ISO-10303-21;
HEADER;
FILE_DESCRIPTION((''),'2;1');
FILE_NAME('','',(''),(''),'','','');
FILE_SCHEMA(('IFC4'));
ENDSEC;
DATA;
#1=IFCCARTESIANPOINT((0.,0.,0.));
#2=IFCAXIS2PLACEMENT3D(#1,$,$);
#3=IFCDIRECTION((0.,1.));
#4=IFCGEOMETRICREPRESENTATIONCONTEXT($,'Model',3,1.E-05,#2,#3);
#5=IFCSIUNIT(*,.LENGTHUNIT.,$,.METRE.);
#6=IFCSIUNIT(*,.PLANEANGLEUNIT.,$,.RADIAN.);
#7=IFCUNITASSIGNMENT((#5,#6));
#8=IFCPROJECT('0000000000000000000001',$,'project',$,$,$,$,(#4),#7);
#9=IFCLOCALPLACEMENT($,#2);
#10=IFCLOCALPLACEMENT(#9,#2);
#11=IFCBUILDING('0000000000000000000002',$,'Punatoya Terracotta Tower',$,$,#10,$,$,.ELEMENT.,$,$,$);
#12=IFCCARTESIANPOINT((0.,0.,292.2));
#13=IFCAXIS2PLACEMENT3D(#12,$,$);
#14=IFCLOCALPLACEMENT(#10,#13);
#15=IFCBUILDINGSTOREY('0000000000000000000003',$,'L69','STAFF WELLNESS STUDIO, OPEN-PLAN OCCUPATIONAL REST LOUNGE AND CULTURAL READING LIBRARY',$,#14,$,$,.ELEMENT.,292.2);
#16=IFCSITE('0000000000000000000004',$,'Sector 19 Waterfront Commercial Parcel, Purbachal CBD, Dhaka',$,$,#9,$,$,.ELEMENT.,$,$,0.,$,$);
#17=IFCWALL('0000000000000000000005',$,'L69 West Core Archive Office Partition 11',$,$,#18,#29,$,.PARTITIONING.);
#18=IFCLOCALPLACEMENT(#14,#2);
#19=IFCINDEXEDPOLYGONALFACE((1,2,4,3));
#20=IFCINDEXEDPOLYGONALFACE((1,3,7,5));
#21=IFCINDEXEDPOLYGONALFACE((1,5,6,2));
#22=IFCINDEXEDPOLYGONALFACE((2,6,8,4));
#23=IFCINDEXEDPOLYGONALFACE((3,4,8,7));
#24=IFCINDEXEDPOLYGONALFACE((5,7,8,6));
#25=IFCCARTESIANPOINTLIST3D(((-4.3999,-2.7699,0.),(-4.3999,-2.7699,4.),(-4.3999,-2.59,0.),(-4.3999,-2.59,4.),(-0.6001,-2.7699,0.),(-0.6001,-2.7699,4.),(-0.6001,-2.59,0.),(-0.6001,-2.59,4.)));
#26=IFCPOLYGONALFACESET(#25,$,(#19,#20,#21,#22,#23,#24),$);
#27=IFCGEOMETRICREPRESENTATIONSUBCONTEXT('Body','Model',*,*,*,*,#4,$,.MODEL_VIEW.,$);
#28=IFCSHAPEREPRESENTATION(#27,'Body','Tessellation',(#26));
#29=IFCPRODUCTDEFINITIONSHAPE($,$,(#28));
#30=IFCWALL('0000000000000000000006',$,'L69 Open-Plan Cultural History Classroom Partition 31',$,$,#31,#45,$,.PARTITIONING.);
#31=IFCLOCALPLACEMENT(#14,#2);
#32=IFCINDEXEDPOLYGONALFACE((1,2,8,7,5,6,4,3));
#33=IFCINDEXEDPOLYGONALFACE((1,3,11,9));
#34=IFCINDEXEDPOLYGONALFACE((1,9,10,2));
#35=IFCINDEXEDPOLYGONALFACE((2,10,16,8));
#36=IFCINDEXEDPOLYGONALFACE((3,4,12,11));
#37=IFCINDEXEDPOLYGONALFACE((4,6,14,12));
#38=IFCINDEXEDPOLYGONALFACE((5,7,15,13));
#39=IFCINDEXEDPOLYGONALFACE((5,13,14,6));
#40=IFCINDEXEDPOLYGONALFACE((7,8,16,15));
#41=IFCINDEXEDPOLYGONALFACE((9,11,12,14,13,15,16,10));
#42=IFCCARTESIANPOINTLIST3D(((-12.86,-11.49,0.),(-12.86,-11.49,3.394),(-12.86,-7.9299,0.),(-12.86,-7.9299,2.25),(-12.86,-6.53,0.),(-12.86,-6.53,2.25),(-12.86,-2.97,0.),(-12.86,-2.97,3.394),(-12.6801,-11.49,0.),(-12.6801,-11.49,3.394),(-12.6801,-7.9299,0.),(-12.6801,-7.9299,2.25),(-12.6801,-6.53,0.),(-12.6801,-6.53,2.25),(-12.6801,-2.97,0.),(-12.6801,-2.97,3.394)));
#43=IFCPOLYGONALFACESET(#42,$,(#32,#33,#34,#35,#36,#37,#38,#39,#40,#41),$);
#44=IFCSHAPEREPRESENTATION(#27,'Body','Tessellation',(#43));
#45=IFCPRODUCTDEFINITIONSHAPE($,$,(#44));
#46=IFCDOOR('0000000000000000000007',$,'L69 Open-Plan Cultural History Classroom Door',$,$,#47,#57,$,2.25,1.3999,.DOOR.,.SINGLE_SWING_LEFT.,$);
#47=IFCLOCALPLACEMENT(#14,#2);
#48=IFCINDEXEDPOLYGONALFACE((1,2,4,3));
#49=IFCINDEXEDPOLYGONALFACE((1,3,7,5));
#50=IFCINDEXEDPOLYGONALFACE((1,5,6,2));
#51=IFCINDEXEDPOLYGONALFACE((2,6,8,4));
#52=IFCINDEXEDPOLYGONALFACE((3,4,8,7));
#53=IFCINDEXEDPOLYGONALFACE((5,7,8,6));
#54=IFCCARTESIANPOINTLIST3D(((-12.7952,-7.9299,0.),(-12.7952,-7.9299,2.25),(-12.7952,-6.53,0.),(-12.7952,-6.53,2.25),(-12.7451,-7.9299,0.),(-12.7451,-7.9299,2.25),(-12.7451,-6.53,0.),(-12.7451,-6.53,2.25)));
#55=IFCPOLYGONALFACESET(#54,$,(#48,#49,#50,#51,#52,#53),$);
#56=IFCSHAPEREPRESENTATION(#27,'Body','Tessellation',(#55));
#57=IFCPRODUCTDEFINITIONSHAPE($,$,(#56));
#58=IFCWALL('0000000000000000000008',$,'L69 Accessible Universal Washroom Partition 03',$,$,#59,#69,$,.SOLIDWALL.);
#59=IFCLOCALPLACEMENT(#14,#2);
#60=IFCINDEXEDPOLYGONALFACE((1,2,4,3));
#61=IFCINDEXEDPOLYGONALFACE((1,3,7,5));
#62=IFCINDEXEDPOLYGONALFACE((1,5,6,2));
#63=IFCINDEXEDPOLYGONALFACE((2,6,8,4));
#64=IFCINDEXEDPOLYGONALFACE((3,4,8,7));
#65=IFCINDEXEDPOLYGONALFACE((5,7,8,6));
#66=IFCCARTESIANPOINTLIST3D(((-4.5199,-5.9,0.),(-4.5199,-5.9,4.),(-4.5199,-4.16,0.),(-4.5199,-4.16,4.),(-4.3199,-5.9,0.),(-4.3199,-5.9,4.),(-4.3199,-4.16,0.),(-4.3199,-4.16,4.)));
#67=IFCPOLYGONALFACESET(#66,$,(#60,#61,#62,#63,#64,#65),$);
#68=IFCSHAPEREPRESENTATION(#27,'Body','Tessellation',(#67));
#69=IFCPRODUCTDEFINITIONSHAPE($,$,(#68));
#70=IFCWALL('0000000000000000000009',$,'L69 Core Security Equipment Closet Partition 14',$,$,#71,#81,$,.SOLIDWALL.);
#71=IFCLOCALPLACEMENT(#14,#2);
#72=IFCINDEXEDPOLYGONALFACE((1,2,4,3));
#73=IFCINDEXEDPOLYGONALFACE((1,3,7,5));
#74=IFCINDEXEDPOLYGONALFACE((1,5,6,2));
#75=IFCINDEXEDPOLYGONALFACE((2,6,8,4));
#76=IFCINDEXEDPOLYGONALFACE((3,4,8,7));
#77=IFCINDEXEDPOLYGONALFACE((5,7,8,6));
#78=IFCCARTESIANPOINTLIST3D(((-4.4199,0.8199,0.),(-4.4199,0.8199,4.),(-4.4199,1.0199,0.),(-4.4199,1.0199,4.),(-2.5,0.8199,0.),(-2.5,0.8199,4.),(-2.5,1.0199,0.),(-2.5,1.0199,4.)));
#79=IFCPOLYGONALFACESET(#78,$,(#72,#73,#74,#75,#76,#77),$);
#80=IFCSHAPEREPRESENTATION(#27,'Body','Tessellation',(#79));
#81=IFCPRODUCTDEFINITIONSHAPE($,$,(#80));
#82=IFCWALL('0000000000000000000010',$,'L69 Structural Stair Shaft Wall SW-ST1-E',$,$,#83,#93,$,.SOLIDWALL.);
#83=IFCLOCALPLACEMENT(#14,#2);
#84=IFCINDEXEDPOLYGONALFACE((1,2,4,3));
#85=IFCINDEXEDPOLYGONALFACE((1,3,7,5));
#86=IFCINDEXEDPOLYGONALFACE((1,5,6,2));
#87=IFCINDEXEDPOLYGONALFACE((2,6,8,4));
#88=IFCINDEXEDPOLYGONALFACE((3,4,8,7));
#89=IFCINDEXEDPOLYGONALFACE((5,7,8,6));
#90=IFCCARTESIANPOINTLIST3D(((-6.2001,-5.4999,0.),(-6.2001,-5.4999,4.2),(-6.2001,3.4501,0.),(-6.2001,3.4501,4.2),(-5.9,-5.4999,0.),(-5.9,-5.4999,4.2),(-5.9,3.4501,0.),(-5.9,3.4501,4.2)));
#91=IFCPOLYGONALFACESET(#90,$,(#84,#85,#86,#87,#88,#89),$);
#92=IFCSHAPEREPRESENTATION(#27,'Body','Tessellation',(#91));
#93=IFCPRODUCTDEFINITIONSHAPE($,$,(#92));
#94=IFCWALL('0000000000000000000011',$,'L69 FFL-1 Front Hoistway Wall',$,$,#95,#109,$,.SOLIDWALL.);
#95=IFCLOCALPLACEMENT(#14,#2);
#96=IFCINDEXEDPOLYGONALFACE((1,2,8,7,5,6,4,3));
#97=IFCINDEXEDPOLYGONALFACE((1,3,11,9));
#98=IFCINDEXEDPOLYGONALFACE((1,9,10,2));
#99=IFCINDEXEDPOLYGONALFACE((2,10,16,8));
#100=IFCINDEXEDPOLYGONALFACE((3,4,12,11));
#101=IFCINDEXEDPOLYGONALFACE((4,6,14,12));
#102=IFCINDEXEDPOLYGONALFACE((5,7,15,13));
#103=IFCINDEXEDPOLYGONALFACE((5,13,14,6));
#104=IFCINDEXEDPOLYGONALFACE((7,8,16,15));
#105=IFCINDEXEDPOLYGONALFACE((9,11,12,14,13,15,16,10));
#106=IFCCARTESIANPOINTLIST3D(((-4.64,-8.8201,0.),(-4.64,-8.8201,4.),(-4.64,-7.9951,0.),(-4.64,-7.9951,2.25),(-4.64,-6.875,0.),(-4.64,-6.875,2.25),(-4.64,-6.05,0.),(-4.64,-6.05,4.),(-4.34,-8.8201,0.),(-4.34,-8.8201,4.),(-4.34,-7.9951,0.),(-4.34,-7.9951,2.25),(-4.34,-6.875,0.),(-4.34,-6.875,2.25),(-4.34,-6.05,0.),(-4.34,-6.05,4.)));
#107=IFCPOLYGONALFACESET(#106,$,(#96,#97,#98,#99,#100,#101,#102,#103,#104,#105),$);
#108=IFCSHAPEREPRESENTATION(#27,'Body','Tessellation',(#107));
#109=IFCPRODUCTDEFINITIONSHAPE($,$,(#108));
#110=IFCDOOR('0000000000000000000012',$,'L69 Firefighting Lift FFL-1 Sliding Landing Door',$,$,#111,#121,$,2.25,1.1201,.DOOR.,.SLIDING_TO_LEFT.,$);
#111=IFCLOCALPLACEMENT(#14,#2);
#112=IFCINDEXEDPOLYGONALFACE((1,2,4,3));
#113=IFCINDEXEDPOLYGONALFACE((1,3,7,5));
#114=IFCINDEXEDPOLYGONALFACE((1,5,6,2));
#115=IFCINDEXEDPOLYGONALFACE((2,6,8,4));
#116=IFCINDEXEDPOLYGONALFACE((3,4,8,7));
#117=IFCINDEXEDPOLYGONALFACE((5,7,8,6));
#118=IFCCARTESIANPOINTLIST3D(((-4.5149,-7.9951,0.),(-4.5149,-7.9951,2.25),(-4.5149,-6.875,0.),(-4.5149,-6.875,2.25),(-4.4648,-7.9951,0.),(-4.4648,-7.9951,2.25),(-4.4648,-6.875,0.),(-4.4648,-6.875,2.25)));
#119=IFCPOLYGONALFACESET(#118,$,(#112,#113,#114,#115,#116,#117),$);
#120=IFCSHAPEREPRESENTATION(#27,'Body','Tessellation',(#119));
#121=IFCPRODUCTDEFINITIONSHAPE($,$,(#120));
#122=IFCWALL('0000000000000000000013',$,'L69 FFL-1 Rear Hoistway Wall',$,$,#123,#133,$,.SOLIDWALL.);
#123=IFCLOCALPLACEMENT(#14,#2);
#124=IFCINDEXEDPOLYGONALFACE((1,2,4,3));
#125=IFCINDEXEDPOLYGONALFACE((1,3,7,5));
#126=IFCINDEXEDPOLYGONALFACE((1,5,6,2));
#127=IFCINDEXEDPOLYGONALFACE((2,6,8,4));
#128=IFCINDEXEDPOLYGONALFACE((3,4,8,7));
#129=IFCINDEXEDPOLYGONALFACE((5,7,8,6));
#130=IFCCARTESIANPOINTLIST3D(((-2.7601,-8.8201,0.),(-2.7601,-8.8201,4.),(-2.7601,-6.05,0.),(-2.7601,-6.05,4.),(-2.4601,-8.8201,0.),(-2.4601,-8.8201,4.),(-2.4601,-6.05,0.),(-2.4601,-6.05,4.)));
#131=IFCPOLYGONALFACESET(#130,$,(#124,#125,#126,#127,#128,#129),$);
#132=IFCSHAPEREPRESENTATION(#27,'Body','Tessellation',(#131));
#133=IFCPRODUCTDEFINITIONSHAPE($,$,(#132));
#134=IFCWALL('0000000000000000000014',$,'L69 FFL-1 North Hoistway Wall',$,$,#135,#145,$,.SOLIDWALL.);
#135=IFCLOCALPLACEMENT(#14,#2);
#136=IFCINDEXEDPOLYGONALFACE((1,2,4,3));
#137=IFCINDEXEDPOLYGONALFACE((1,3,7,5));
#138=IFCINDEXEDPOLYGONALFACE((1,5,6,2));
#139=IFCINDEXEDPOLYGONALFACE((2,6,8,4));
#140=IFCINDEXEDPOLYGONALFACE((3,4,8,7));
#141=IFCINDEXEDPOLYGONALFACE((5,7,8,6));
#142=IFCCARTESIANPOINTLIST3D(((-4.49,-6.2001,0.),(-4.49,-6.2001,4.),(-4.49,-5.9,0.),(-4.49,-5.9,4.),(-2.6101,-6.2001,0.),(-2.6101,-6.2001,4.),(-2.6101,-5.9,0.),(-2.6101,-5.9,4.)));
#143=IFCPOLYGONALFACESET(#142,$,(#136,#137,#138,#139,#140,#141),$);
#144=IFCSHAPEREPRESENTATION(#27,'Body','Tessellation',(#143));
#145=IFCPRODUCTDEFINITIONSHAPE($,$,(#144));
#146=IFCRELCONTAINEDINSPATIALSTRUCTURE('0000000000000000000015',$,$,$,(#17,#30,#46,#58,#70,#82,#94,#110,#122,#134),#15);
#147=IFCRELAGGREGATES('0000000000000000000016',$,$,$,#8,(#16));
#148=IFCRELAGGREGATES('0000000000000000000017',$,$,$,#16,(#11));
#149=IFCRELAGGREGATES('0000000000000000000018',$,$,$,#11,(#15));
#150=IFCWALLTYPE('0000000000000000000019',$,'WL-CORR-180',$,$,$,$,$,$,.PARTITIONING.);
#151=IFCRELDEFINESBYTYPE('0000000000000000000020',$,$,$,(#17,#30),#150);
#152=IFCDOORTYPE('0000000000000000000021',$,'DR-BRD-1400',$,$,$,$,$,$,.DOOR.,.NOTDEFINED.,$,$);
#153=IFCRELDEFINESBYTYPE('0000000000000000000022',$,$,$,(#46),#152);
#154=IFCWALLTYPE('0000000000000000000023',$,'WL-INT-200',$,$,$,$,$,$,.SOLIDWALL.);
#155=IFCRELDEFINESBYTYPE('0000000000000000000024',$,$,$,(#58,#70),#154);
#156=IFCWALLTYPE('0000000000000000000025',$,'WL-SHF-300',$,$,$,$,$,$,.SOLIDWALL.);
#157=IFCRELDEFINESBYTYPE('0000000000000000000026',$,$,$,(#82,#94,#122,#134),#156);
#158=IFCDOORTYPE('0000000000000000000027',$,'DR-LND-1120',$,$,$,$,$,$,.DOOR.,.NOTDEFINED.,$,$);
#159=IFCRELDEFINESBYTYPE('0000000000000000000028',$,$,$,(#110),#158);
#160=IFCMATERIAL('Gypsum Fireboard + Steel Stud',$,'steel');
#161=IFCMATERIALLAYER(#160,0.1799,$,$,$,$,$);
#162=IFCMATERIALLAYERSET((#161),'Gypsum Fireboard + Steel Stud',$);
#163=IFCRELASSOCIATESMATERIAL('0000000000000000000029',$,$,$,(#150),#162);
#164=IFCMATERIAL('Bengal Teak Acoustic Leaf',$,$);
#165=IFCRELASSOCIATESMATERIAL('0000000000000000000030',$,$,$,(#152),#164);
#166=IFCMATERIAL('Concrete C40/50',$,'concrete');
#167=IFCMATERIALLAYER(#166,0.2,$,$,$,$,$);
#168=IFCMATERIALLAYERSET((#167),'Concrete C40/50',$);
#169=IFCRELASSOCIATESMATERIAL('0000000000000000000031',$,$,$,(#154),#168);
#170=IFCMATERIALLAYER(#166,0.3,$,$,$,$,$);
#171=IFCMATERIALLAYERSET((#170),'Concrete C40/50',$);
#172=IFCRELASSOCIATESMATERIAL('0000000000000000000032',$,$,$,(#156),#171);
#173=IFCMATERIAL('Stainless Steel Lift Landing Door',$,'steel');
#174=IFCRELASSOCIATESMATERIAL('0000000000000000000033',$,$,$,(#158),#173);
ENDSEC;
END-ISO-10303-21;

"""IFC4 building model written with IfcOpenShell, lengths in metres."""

from ifc_helpers import new_model, si_unit, direction, frame, frame_2d, origin, place, context, subcontext, project, spatial, rectangle, extrude, material, layer, layer_set, type_object, element, fill, save


model = new_model("IFC4")

# Units and contexts
model_context = context("Model", 3, precision=1e-05, world=origin(), true_north=direction((0.0, 1.0)))
body_context = subcontext(model_context, "Body", "Model", "MODEL_VIEW")
ifc_project = project(units=[si_unit("LENGTHUNIT", "METRE"), si_unit("PLANEANGLEUNIT", "RADIAN")], contexts=[model_context])

# Site, building, storey
site_placement = place(None, origin())
site = spatial("IfcSite", under=ifc_project, at=site_placement, Name="Sector 19 Waterfront Commercial Parcel, Purbachal CBD, Dhaka", CompositionType="ELEMENT", RefElevation=0.0)
building_placement = place(site_placement, origin())
building = spatial("IfcBuilding", under=site, at=building_placement, Name="Punatoya Terracotta Tower", CompositionType="ELEMENT")
storey_placement = place(building_placement, frame((0.0, 0.0, 292.2)))
storey = spatial("IfcBuildingStorey", under=building, at=storey_placement, Name="L69", Description="STAFF WELLNESS STUDIO, OPEN-PLAN OCCUPATIONAL REST LOUNGE AND CULTURAL READING LIBRARY", CompositionType="ELEMENT", Elevation=292.2)

# Wall
ifc_material_1 = material(Name="Gypsum Fireboard + Steel Stud", Category="steel")
ifc_layer_1 = layer(ifc_material_1, 0.1799)
ifc_layer_set_1 = layer_set([ifc_layer_1], Name="Gypsum Fireboard + Steel Stud")
wall_type_1 = type_object("IfcWallType", Name="WL-CORR-180", PredefinedType="PARTITIONING", material=ifc_layer_set_1)
wall_1_placement = place(storey_placement, frame((-4.3999, -2.6799, 0.0), z_axis=(0.0, 0.0, 1.0), x_axis=(1.0, 0.0, 0.0)))
element("IfcWall", 1, at=wall_1_placement, inside=storey, type_object=wall_type_1, Name="L69 West Core Archive Office Partition 11", PredefinedType="PARTITIONING", context=body_context, shape_type="SweptSolid", body=[
    extrude(rectangle(XDim=3.7998, YDim=0.1799, at=frame_2d((1.8999, 0.0))), origin(), (0.0, 0.0, 1.0), 4.0),
])

# Wall, opening, door
wall_2_placement = place(storey_placement, frame((-12.77, -2.97, 0.0), z_axis=(0.0, 0.0, 1.0), x_axis=(0.0, -1.0, 0.0)))
wall_2 = element("IfcWall", 2, at=wall_2_placement, inside=storey, type_object=wall_type_1, Name="L69 Open-Plan Cultural History Classroom Partition 31", PredefinedType="PARTITIONING", context=body_context, shape_type="SweptSolid", body=[
    extrude(rectangle(XDim=8.52, YDim=0.1799, at=frame_2d((4.26, 0.0))), origin(), (0.0, 0.0, 1.0), 3.394),
])
opening_1_placement = place(wall_2_placement, frame((3.5601, 0.0, 0.0)))
opening_1 = element("IfcOpeningElement", 3, at=opening_1_placement, cuts=wall_2, PredefinedType="OPENING", context=body_context, shape_type="SweptSolid", body=[
    extrude(rectangle(XDim=1.3999, YDim=2.25, at=frame_2d((0.7, 1.125))), frame((0.0, 0.0999, 0.0), z_axis=(0.0, -1.0, 0.0), x_axis=(1.0, 0.0, 0.0)), (0.0, 0.0, 1.0), 0.2),
])
ifc_material_2 = material(Name="Bengal Teak Acoustic Leaf")
door_type_1 = type_object("IfcDoorType", Name="DR-BRD-1400", OperationType="NOTDEFINED", PredefinedType="DOOR", material=ifc_material_2)
door_1_placement = place(opening_1_placement, origin())
door_1 = element("IfcDoor", 4, at=door_1_placement, inside=storey, type_object=door_type_1, Name="L69 Open-Plan Cultural History Classroom Door", OperationType="SINGLE_SWING_LEFT", OverallHeight=2.25, OverallWidth=1.3999, PredefinedType="DOOR", context=body_context, shape_type="SweptSolid", body=[
    extrude(rectangle(XDim=1.3999, YDim=2.25, at=frame_2d((0.7, 1.125))), frame((0.0, 0.0249, 0.0), z_axis=(0.0, -1.0, 0.0), x_axis=(1.0, 0.0, 0.0)), (0.0, 0.0, 1.0), 0.05),
])
fill(opening_1, door_1)

# Walls
ifc_material_3 = material(Name="Concrete C40/50", Category="concrete")
ifc_layer_2 = layer(ifc_material_3, 0.2)
ifc_layer_set_2 = layer_set([ifc_layer_2], Name="Concrete C40/50")
wall_type_2 = type_object("IfcWallType", Name="WL-INT-200", PredefinedType="SOLIDWALL", material=ifc_layer_set_2)
wall_3_placement = place(storey_placement, frame((-4.4199, -4.1599, 0.0), z_axis=(0.0, 0.0, 1.0), x_axis=(0.0, -1.0, 0.0)))
element("IfcWall", 5, at=wall_3_placement, inside=storey, type_object=wall_type_2, Name="L69 Accessible Universal Washroom Partition 03", PredefinedType="SOLIDWALL", context=body_context, shape_type="SweptSolid", body=[
    extrude(rectangle(XDim=1.74, YDim=0.2, at=frame_2d((0.8701, 0.0))), origin(), (0.0, 0.0, 1.0), 4.0),
])
wall_4_placement = place(storey_placement, frame((-4.4199, 0.9199, 0.0), z_axis=(0.0, 0.0, 1.0), x_axis=(1.0, 0.0, 0.0)))
element("IfcWall", 6, at=wall_4_placement, inside=storey, type_object=wall_type_2, Name="L69 Core Security Equipment Closet Partition 14", PredefinedType="SOLIDWALL", context=body_context, shape_type="SweptSolid", body=[
    extrude(rectangle(XDim=1.9199, YDim=0.2, at=frame_2d((0.96, 0.0))), origin(), (0.0, 0.0, 1.0), 4.0),
])
ifc_layer_3 = layer(ifc_material_3, 0.3)
ifc_layer_set_3 = layer_set([ifc_layer_3], Name="Concrete C40/50")
wall_type_3 = type_object("IfcWallType", Name="WL-SHF-300", PredefinedType="SOLIDWALL", material=ifc_layer_set_3)
wall_5_placement = place(storey_placement, frame((-6.05, -5.5, 0.0), z_axis=(0.0, 0.0, 1.0), x_axis=(0.0, 1.0, 0.0)))
element("IfcWall", 7, at=wall_5_placement, inside=storey, type_object=wall_type_3, Name="L69 Structural Stair Shaft Wall SW-ST1-E", PredefinedType="SOLIDWALL", context=body_context, shape_type="SweptSolid", body=[
    extrude(rectangle(XDim=8.95, YDim=0.3, at=frame_2d((4.4751, 0.0))), origin(), (0.0, 0.0, 1.0), 4.2),
])

# Wall, opening, door
wall_6_placement = place(storey_placement, frame((-4.49, -8.8201, 0.0), z_axis=(0.0, 0.0, 1.0), x_axis=(0.0, 1.0, 0.0)))
wall_6 = element("IfcWall", 8, at=wall_6_placement, inside=storey, type_object=wall_type_3, Name="L69 FFL-1 Front Hoistway Wall", PredefinedType="SOLIDWALL", context=body_context, shape_type="SweptSolid", body=[
    extrude(rectangle(XDim=2.77, YDim=0.3, at=frame_2d((1.385, 0.0))), origin(), (0.0, 0.0, 1.0), 4.0),
])
opening_2_placement = place(wall_6_placement, frame((0.825, 0.0, 0.0)))
opening_2 = element("IfcOpeningElement", 9, at=opening_2_placement, cuts=wall_6, PredefinedType="OPENING", context=body_context, shape_type="SweptSolid", body=[
    extrude(rectangle(XDim=1.1201, YDim=2.25, at=frame_2d((0.5601, 1.125))), frame((0.0, 0.1599, 0.0), z_axis=(0.0, -1.0, 0.0), x_axis=(1.0, 0.0, 0.0)), (0.0, 0.0, 1.0), 0.3201),
])
ifc_material_4 = material(Name="Stainless Steel Lift Landing Door", Category="steel")
door_type_2 = type_object("IfcDoorType", Name="DR-LND-1120", OperationType="NOTDEFINED", PredefinedType="DOOR", material=ifc_material_4)
door_2_placement = place(opening_2_placement, origin())
door_2 = element("IfcDoor", 10, at=door_2_placement, inside=storey, type_object=door_type_2, Name="L69 Firefighting Lift FFL-1 Sliding Landing Door", OperationType="SLIDING_TO_LEFT", OverallHeight=2.25, OverallWidth=1.1201, PredefinedType="DOOR", context=body_context, shape_type="SweptSolid", body=[
    extrude(rectangle(XDim=1.1201, YDim=2.25, at=frame_2d((0.5601, 1.125))), frame((0.0, 0.0249, 0.0), z_axis=(0.0, -1.0, 0.0), x_axis=(1.0, 0.0, 0.0)), (0.0, 0.0, 1.0), 0.05),
])
fill(opening_2, door_2)

# Walls
wall_7_placement = place(storey_placement, frame((-2.6101, -8.8201, 0.0), z_axis=(0.0, 0.0, 1.0), x_axis=(0.0, 1.0, 0.0)))
element("IfcWall", 11, at=wall_7_placement, inside=storey, type_object=wall_type_3, Name="L69 FFL-1 Rear Hoistway Wall", PredefinedType="SOLIDWALL", context=body_context, shape_type="SweptSolid", body=[
    extrude(rectangle(XDim=2.77, YDim=0.3, at=frame_2d((1.385, 0.0))), origin(), (0.0, 0.0, 1.0), 4.0),
])
wall_8_placement = place(storey_placement, frame((-4.49, -6.05, 0.0), z_axis=(0.0, 0.0, 1.0), x_axis=(1.0, 0.0, 0.0)))
element("IfcWall", 12, at=wall_8_placement, inside=storey, type_object=wall_type_3, Name="L69 FFL-1 North Hoistway Wall", PredefinedType="SOLIDWALL", context=body_context, shape_type="SweptSolid", body=[
    extrude(rectangle(XDim=1.8799, YDim=0.3, at=frame_2d((0.9399, 0.0))), origin(), (0.0, 0.0, 1.0), 4.0),
])

save(model, "model.ifc")
